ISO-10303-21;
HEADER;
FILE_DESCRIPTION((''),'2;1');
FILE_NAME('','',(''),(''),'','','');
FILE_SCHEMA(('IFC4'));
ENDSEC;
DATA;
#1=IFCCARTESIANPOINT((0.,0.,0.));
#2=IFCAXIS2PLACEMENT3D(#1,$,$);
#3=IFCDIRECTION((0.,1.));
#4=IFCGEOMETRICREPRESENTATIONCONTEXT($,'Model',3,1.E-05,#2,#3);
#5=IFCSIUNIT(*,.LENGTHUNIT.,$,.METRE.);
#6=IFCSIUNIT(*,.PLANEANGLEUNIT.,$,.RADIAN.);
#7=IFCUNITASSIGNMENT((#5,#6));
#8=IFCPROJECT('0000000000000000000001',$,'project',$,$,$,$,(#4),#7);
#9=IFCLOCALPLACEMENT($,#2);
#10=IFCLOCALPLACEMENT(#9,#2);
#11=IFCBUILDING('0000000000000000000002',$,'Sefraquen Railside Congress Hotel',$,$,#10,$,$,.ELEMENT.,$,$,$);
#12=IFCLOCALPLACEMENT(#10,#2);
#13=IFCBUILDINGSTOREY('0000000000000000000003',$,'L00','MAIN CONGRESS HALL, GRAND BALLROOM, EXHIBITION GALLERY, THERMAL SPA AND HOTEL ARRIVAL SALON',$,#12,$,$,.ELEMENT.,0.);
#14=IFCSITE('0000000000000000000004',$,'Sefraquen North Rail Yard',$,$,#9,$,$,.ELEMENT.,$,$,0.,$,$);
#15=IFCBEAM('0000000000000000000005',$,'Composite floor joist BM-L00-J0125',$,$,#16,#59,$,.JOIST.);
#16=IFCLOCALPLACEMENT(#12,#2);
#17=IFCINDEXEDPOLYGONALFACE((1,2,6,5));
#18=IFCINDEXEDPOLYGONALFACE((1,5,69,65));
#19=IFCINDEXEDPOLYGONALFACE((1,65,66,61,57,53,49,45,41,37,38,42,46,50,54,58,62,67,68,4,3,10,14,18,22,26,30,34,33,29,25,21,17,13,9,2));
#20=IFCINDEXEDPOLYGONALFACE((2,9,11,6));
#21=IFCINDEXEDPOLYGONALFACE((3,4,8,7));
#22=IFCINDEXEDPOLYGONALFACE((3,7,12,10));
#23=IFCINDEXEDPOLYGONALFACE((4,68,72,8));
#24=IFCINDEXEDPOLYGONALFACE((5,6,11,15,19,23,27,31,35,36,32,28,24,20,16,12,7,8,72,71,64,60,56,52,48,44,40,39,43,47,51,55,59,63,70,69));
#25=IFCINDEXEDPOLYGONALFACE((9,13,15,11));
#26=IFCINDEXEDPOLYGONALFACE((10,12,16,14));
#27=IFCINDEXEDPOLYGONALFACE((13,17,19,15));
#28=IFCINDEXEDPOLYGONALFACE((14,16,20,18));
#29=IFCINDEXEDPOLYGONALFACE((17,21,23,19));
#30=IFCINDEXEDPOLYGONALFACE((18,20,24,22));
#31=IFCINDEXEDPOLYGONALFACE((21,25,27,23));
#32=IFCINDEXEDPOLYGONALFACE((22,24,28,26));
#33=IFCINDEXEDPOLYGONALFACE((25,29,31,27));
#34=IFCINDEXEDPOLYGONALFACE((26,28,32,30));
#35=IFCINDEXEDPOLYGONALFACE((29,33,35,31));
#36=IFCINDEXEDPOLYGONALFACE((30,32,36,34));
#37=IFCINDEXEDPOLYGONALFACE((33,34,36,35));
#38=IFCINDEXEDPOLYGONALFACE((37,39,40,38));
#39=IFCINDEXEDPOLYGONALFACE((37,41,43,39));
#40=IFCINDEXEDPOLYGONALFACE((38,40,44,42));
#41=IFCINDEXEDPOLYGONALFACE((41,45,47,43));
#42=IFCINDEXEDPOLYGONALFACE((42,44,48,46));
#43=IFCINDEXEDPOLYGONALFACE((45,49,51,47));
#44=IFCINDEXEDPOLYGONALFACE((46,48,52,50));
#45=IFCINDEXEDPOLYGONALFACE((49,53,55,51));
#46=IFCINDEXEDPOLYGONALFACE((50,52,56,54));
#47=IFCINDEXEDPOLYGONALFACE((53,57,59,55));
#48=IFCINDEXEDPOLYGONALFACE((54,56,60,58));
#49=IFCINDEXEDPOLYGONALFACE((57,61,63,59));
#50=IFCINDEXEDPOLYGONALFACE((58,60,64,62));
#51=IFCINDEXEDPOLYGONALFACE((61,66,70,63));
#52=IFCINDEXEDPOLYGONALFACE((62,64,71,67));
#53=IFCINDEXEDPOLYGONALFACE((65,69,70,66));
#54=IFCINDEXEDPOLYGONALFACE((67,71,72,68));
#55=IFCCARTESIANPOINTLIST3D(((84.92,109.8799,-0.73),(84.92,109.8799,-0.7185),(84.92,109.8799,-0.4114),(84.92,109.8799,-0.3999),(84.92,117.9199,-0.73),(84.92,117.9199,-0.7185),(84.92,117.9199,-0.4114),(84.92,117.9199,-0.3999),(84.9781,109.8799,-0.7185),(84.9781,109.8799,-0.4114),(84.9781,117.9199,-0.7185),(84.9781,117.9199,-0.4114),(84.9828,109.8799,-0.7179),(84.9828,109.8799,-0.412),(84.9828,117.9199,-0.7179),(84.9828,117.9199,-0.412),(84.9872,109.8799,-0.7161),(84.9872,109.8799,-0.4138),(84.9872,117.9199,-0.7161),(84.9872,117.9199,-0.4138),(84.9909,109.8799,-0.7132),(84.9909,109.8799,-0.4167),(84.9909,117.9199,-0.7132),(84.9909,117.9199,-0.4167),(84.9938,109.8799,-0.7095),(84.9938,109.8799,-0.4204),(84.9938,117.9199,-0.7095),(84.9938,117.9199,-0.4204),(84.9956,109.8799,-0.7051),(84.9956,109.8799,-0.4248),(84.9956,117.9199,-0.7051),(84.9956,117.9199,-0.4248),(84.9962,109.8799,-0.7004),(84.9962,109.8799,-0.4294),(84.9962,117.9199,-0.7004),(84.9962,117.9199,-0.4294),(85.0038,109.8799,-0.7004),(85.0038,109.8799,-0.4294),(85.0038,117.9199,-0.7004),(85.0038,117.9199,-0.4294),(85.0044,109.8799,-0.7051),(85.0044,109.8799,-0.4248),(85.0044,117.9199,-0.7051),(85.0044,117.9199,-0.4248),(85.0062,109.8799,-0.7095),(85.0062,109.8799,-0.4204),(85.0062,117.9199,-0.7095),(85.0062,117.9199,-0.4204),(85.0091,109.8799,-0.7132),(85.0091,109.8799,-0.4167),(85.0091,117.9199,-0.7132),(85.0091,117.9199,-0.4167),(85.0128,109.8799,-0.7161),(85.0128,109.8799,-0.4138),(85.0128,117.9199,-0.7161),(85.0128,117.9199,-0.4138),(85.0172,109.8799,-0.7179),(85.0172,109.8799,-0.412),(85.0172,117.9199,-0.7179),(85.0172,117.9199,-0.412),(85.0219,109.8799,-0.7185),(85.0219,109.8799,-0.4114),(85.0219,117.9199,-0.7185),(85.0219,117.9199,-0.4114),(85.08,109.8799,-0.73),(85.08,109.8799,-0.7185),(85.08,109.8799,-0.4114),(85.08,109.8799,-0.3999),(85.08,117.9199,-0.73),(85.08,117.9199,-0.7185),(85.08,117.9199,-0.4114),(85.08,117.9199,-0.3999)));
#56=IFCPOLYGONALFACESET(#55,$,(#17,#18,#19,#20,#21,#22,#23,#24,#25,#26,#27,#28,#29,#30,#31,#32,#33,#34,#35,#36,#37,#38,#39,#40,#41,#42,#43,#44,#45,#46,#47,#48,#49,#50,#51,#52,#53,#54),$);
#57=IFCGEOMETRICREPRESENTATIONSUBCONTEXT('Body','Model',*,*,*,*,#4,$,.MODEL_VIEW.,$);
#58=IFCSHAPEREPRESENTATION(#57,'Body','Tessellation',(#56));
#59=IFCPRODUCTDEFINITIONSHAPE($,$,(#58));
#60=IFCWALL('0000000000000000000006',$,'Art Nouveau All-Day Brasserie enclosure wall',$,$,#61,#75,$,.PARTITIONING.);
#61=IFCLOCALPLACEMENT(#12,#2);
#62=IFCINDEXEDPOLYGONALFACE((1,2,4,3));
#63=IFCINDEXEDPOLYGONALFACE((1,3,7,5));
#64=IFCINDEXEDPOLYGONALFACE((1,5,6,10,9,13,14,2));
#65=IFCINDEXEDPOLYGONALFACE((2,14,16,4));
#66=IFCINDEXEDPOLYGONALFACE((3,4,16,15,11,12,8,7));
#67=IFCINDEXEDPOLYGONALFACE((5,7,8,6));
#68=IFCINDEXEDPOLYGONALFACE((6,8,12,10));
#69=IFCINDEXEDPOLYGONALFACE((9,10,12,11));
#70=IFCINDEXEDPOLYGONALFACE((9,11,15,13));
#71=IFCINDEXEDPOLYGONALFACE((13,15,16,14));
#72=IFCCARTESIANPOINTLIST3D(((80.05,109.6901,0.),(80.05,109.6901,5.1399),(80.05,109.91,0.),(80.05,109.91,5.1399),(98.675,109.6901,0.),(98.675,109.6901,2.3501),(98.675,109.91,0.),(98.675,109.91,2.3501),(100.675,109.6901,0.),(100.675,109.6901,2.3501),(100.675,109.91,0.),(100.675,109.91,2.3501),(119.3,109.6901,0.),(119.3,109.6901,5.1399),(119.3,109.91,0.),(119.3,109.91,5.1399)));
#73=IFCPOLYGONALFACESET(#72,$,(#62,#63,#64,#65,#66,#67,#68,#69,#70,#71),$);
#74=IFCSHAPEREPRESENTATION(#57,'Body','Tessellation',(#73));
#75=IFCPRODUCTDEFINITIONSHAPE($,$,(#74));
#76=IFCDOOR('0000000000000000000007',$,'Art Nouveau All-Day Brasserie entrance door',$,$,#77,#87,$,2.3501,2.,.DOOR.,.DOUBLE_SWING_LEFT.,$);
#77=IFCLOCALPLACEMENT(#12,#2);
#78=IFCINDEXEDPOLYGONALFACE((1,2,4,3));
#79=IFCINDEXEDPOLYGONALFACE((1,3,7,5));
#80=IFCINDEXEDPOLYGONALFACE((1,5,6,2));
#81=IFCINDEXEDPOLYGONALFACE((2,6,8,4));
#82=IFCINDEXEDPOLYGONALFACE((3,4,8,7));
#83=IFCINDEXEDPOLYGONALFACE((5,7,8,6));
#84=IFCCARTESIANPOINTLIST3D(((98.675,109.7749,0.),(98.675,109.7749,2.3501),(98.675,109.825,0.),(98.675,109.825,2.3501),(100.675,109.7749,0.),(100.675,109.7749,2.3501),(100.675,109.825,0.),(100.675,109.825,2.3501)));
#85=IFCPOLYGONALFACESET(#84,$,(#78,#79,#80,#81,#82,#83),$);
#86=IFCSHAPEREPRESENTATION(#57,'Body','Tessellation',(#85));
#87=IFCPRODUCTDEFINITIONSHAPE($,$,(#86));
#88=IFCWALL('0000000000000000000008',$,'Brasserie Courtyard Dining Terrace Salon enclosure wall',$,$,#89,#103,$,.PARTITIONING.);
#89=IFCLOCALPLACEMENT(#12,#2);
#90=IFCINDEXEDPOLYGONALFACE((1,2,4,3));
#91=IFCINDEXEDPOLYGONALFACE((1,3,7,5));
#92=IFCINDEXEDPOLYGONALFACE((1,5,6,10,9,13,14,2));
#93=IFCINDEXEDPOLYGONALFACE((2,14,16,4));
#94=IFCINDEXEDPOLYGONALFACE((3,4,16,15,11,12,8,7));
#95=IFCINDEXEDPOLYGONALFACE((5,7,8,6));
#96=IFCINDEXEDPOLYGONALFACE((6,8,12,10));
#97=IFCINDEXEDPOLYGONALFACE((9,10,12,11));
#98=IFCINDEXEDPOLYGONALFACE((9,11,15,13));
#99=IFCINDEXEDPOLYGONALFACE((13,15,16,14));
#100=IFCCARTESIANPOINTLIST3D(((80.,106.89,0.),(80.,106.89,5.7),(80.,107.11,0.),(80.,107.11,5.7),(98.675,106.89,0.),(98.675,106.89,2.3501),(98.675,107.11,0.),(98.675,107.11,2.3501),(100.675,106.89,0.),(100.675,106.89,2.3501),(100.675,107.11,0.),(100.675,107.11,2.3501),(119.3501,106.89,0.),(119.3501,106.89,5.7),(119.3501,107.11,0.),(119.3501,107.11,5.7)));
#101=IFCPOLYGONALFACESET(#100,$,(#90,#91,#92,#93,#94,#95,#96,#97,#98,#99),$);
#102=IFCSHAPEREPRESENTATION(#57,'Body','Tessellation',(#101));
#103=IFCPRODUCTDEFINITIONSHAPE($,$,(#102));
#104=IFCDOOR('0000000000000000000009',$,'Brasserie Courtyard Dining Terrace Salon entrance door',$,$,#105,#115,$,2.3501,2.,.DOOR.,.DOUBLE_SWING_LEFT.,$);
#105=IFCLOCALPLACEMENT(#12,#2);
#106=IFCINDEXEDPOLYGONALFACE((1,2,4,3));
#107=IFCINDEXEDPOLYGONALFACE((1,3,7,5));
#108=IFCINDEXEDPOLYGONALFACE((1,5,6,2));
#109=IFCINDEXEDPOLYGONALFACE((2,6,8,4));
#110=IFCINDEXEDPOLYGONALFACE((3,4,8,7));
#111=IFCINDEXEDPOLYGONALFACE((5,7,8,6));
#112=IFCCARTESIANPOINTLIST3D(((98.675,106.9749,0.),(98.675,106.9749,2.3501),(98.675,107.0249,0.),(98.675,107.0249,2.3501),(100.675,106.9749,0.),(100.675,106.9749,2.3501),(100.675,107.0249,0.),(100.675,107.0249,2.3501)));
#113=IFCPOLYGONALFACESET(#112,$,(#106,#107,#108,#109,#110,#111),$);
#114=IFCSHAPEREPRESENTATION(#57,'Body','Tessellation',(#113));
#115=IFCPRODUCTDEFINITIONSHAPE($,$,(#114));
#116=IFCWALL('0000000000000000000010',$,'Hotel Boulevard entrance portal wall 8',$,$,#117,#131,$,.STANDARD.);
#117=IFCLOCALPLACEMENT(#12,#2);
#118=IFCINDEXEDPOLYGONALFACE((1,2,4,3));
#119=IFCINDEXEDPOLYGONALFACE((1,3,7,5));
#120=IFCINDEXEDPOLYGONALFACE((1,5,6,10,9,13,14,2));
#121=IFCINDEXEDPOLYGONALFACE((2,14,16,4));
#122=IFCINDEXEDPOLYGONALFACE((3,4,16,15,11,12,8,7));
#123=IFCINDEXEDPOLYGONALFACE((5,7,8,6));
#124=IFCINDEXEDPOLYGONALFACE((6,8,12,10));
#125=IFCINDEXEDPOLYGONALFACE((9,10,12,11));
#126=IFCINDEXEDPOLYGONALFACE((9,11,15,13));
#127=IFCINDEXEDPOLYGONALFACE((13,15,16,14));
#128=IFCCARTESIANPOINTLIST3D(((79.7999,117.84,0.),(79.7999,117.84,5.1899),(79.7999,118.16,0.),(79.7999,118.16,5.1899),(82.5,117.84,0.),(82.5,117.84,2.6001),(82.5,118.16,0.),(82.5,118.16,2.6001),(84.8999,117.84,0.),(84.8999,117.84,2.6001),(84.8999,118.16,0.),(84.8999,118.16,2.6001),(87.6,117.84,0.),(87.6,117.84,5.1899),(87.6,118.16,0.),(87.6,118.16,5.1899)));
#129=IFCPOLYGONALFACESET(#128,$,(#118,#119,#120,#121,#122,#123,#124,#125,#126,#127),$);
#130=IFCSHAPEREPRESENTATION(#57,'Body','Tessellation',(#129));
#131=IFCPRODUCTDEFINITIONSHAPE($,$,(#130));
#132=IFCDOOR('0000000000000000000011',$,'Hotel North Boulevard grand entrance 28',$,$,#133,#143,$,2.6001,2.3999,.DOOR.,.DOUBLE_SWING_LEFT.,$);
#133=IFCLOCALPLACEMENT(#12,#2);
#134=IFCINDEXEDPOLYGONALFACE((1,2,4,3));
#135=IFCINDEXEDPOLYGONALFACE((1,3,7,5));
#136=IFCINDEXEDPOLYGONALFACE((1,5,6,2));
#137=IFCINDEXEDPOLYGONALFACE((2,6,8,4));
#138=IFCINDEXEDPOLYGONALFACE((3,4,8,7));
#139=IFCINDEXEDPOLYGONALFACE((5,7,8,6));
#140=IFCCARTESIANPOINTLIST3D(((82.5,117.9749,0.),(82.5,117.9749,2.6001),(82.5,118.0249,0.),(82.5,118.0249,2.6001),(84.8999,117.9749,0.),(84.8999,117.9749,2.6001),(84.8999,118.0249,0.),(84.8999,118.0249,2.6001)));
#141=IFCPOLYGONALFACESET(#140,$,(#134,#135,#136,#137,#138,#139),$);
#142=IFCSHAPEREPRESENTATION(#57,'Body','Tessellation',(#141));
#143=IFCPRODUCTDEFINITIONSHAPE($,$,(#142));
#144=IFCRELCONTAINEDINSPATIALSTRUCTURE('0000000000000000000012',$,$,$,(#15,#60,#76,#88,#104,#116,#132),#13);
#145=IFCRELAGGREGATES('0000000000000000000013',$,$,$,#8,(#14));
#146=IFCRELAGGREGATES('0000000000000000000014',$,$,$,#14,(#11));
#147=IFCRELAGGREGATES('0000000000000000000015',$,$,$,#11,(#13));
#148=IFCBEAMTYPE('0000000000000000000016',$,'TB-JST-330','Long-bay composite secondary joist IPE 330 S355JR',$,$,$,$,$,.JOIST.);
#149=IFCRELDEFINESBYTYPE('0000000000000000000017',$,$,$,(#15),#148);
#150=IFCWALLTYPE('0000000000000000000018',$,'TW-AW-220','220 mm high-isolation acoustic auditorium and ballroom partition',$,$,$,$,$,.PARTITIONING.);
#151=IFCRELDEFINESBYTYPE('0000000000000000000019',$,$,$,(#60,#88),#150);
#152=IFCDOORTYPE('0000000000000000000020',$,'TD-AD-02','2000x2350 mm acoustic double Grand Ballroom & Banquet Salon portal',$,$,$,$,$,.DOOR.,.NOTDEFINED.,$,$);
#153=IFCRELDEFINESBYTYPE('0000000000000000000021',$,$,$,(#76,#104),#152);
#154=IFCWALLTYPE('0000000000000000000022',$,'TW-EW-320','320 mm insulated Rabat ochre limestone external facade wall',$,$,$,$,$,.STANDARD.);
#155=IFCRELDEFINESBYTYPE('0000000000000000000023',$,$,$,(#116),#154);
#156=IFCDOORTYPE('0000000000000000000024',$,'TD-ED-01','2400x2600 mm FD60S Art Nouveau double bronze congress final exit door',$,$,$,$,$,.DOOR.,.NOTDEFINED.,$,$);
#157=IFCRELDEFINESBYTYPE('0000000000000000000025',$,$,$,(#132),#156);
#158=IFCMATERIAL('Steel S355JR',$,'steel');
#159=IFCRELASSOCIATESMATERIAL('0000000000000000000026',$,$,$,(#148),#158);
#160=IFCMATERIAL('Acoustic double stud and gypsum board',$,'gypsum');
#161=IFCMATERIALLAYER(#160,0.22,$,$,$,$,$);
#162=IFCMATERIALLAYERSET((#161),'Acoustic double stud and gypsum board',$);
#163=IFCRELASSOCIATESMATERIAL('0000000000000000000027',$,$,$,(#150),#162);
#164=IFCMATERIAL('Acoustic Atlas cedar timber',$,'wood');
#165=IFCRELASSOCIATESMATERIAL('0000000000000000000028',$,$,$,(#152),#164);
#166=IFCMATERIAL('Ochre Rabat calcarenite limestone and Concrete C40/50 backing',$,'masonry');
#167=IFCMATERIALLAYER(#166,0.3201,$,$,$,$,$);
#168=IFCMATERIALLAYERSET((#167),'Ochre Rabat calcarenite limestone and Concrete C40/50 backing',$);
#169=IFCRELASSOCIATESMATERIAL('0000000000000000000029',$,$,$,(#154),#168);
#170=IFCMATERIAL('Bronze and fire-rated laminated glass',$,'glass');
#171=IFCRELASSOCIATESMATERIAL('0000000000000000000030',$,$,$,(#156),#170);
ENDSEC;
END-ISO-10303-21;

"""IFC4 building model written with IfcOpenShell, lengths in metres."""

from ifc_helpers import new_model, si_unit, direction, frame, frame_2d, origin, origin_2d, place, context, subcontext, project, spatial, rectangle, i_section, extrude, material, layer, layer_set, material_profile, profile_set, type_object, element, fill, save


model = new_model("IFC4")

# Units and contexts
model_context = context("Model", 3, precision=1e-05, world=origin(), true_north=direction((0.0, 1.0)))
body_context = subcontext(model_context, "Body", "Model", "MODEL_VIEW")
ifc_project = project(units=[si_unit("LENGTHUNIT", "METRE"), si_unit("PLANEANGLEUNIT", "RADIAN")], contexts=[model_context])

# Site, building, storey
site_placement = place(None, origin())
site = spatial("IfcSite", under=ifc_project, at=site_placement, Name="Sefraquen North Rail Yard", CompositionType="ELEMENT", RefElevation=0.0)
building_placement = place(site_placement, origin())
building = spatial("IfcBuilding", under=site, at=building_placement, Name="Sefraquen Railside Congress Hotel", CompositionType="ELEMENT")
storey_placement = place(building_placement, origin())
storey = spatial("IfcBuildingStorey", under=building, at=storey_placement, Name="L00", Description="MAIN CONGRESS HALL, GRAND BALLROOM, EXHIBITION GALLERY, THERMAL SPA AND HOTEL ARRIVAL SALON", CompositionType="ELEMENT", Elevation=0.0)

# Shared definitions
ifc_material_1 = material(Name="Steel S355JR", Category="steel")

# Beam
ifc_material_profile_1 = material_profile(ifc_material_1, i_section(OverallWidth=0.1599, OverallDepth=0.3301, WebThickness=0.0076, FlangeThickness=0.0115, FilletRadius=0.0181, at=origin_2d()), Name="IPE 330")
ifc_profile_set_1 = profile_set([ifc_material_profile_1], Name="Steel S355JR")
beam_type_1 = type_object("IfcBeamType", Name="TB-JST-330", Description="Long-bay composite secondary joist IPE 330 S355JR", PredefinedType="JOIST", material=ifc_profile_set_1)
for number, where, z_axis, x_axis, name in (
    (1, (85.0, 109.8799, -0.5649), (0.0, 1.0, 0.0), (-1.0, 0.0, 0.0), "Composite floor joist BM-L00-J0125"),
):
    element("IfcBeam", number, at=place(storey_placement, frame(where, z_axis=z_axis, x_axis=x_axis)), inside=storey, type_object=beam_type_1, Name=name, PredefinedType="JOIST", context=body_context, shape_type="SweptSolid", body=[
        extrude(i_section(OverallWidth=0.1599, OverallDepth=0.3301, WebThickness=0.0076, FlangeThickness=0.0115, FilletRadius=0.0181, at=origin_2d()), origin(), (0.0, 0.0, 1.0), 8.04),
    ])

# Walls, openings, doors
ifc_material_2 = material(Name="Acoustic double stud and gypsum board", Category="gypsum")
ifc_layer_1 = layer(ifc_material_2, 0.22)
ifc_layer_set_1 = layer_set([ifc_layer_1], Name="Acoustic double stud and gypsum board")
wall_type_1 = type_object("IfcWallType", Name="TW-AW-220", Description="220 mm high-isolation acoustic auditorium and ballroom partition", PredefinedType="PARTITIONING", material=ifc_layer_set_1)
wall_1_placement = place(storey_placement, frame((80.05, 109.8, 0.0), z_axis=(0.0, 0.0, 1.0), x_axis=(1.0, 0.0, 0.0)))
wall_1 = element("IfcWall", 2, at=wall_1_placement, inside=storey, type_object=wall_type_1, Name="Art Nouveau All-Day Brasserie enclosure wall", PredefinedType="PARTITIONING", context=body_context, shape_type="SweptSolid", body=[
    extrude(rectangle(XDim=39.25, YDim=0.22, at=frame_2d((19.625, 0.0))), origin(), (0.0, 0.0, 1.0), 5.1399),
])
opening_1_placement = place(wall_1_placement, frame((18.625, 0.0, 0.0)))
opening_1 = element("IfcOpeningElement", 3, at=opening_1_placement, cuts=wall_1, PredefinedType="OPENING", context=body_context, shape_type="SweptSolid", body=[
    extrude(rectangle(XDim=2.0, YDim=2.3501, at=frame_2d((1.0, 1.175))), frame((0.0, 0.1199, 0.0), z_axis=(0.0, -1.0, 0.0), x_axis=(1.0, 0.0, 0.0)), (0.0, 0.0, 1.0), 0.24),
])
ifc_material_3 = material(Name="Acoustic Atlas cedar timber", Category="wood")
door_type_1 = type_object("IfcDoorType", Name="TD-AD-02", Description="2000x2350 mm acoustic double Grand Ballroom & Banquet Salon portal", OperationType="NOTDEFINED", PredefinedType="DOOR", material=ifc_material_3)
door_1_placement = place(opening_1_placement, origin())
door_1 = element("IfcDoor", 4, at=door_1_placement, inside=storey, type_object=door_type_1, Name="Art Nouveau All-Day Brasserie entrance door", OperationType="DOUBLE_SWING_LEFT", OverallHeight=2.3501, OverallWidth=2.0, PredefinedType="DOOR", context=body_context, shape_type="SweptSolid", body=[
    extrude(rectangle(XDim=2.0, YDim=2.3501, at=frame_2d((1.0, 1.175))), frame((0.0, 0.0249, 0.0), z_axis=(0.0, -1.0, 0.0), x_axis=(1.0, 0.0, 0.0)), (0.0, 0.0, 1.0), 0.05),
])
fill(opening_1, door_1)
wall_2_placement = place(storey_placement, frame((80.0, 107.0, 0.0), z_axis=(0.0, 0.0, 1.0), x_axis=(1.0, 0.0, 0.0)))
wall_2 = element("IfcWall", 5, at=wall_2_placement, inside=storey, type_object=wall_type_1, Name="Brasserie Courtyard Dining Terrace Salon enclosure wall", PredefinedType="PARTITIONING", context=body_context, shape_type="SweptSolid", body=[
    extrude(rectangle(XDim=39.3501, YDim=0.22, at=frame_2d((19.675, 0.0))), origin(), (0.0, 0.0, 1.0), 5.7),
])
opening_2_placement = place(wall_2_placement, frame((18.675, 0.0, 0.0)))
opening_2 = element("IfcOpeningElement", 6, at=opening_2_placement, cuts=wall_2, PredefinedType="OPENING", context=body_context, shape_type="SweptSolid", body=[
    extrude(rectangle(XDim=2.0, YDim=2.3501, at=frame_2d((1.0, 1.175))), frame((0.0, 0.1199, 0.0), z_axis=(0.0, -1.0, 0.0), x_axis=(1.0, 0.0, 0.0)), (0.0, 0.0, 1.0), 0.24),
])
door_2_placement = place(opening_2_placement, origin())
door_2 = element("IfcDoor", 7, at=door_2_placement, inside=storey, type_object=door_type_1, Name="Brasserie Courtyard Dining Terrace Salon entrance door", OperationType="DOUBLE_SWING_LEFT", OverallHeight=2.3501, OverallWidth=2.0, PredefinedType="DOOR", context=body_context, shape_type="SweptSolid", body=[
    extrude(rectangle(XDim=2.0, YDim=2.3501, at=frame_2d((1.0, 1.175))), frame((0.0, 0.0249, 0.0), z_axis=(0.0, -1.0, 0.0), x_axis=(1.0, 0.0, 0.0)), (0.0, 0.0, 1.0), 0.05),
])
fill(opening_2, door_2)
ifc_material_4 = material(Name="Ochre Rabat calcarenite limestone and Concrete C40/50 backing", Category="masonry")
ifc_layer_2 = layer(ifc_material_4, 0.3201)
ifc_layer_set_2 = layer_set([ifc_layer_2], Name="Ochre Rabat calcarenite limestone and Concrete C40/50 backing")
wall_type_2 = type_object("IfcWallType", Name="TW-EW-320", Description="320 mm insulated Rabat ochre limestone external facade wall", PredefinedType="STANDARD", material=ifc_layer_set_2)
wall_3_placement = place(storey_placement, frame((79.8, 118.0, 0.0), z_axis=(0.0, 0.0, 1.0), x_axis=(1.0, 0.0, 0.0)))
wall_3 = element("IfcWall", 8, at=wall_3_placement, inside=storey, type_object=wall_type_2, Name="Hotel Boulevard entrance portal wall 8", PredefinedType="STANDARD", context=body_context, shape_type="SweptSolid", body=[
    extrude(rectangle(XDim=7.8, YDim=0.3201, at=frame_2d((3.8999, 0.0))), origin(), (0.0, 0.0, 1.0), 5.1899),
])
opening_3_placement = place(wall_3_placement, frame((2.7, 0.0, 0.0)))
opening_3 = element("IfcOpeningElement", 9, at=opening_3_placement, cuts=wall_3, PredefinedType="OPENING", context=body_context, shape_type="SweptSolid", body=[
    extrude(rectangle(XDim=2.3999, YDim=2.6001, at=frame_2d((1.2, 1.3))), frame((0.0, 0.1699, 0.0), z_axis=(0.0, -1.0, 0.0), x_axis=(1.0, 0.0, 0.0)), (0.0, 0.0, 1.0), 0.3401),
])
ifc_material_5 = material(Name="Bronze and fire-rated laminated glass", Category="glass")
door_type_2 = type_object("IfcDoorType", Name="TD-ED-01", Description="2400x2600 mm FD60S Art Nouveau double bronze congress final exit door", OperationType="NOTDEFINED", PredefinedType="DOOR", material=ifc_material_5)
door_3_placement = place(opening_3_placement, origin())
door_3 = element("IfcDoor", 10, at=door_3_placement, inside=storey, type_object=door_type_2, Name="Hotel North Boulevard grand entrance 28", OperationType="DOUBLE_SWING_LEFT", OverallHeight=2.6001, OverallWidth=2.3999, PredefinedType="DOOR", context=body_context, shape_type="SweptSolid", body=[
    extrude(rectangle(XDim=2.3999, YDim=2.6001, at=frame_2d((1.2, 1.3))), frame((0.0, 0.0249, 0.0), z_axis=(0.0, -1.0, 0.0), x_axis=(1.0, 0.0, 0.0)), (0.0, 0.0, 1.0), 0.05),
])
fill(opening_3, door_3)

save(model, "model.ifc")
